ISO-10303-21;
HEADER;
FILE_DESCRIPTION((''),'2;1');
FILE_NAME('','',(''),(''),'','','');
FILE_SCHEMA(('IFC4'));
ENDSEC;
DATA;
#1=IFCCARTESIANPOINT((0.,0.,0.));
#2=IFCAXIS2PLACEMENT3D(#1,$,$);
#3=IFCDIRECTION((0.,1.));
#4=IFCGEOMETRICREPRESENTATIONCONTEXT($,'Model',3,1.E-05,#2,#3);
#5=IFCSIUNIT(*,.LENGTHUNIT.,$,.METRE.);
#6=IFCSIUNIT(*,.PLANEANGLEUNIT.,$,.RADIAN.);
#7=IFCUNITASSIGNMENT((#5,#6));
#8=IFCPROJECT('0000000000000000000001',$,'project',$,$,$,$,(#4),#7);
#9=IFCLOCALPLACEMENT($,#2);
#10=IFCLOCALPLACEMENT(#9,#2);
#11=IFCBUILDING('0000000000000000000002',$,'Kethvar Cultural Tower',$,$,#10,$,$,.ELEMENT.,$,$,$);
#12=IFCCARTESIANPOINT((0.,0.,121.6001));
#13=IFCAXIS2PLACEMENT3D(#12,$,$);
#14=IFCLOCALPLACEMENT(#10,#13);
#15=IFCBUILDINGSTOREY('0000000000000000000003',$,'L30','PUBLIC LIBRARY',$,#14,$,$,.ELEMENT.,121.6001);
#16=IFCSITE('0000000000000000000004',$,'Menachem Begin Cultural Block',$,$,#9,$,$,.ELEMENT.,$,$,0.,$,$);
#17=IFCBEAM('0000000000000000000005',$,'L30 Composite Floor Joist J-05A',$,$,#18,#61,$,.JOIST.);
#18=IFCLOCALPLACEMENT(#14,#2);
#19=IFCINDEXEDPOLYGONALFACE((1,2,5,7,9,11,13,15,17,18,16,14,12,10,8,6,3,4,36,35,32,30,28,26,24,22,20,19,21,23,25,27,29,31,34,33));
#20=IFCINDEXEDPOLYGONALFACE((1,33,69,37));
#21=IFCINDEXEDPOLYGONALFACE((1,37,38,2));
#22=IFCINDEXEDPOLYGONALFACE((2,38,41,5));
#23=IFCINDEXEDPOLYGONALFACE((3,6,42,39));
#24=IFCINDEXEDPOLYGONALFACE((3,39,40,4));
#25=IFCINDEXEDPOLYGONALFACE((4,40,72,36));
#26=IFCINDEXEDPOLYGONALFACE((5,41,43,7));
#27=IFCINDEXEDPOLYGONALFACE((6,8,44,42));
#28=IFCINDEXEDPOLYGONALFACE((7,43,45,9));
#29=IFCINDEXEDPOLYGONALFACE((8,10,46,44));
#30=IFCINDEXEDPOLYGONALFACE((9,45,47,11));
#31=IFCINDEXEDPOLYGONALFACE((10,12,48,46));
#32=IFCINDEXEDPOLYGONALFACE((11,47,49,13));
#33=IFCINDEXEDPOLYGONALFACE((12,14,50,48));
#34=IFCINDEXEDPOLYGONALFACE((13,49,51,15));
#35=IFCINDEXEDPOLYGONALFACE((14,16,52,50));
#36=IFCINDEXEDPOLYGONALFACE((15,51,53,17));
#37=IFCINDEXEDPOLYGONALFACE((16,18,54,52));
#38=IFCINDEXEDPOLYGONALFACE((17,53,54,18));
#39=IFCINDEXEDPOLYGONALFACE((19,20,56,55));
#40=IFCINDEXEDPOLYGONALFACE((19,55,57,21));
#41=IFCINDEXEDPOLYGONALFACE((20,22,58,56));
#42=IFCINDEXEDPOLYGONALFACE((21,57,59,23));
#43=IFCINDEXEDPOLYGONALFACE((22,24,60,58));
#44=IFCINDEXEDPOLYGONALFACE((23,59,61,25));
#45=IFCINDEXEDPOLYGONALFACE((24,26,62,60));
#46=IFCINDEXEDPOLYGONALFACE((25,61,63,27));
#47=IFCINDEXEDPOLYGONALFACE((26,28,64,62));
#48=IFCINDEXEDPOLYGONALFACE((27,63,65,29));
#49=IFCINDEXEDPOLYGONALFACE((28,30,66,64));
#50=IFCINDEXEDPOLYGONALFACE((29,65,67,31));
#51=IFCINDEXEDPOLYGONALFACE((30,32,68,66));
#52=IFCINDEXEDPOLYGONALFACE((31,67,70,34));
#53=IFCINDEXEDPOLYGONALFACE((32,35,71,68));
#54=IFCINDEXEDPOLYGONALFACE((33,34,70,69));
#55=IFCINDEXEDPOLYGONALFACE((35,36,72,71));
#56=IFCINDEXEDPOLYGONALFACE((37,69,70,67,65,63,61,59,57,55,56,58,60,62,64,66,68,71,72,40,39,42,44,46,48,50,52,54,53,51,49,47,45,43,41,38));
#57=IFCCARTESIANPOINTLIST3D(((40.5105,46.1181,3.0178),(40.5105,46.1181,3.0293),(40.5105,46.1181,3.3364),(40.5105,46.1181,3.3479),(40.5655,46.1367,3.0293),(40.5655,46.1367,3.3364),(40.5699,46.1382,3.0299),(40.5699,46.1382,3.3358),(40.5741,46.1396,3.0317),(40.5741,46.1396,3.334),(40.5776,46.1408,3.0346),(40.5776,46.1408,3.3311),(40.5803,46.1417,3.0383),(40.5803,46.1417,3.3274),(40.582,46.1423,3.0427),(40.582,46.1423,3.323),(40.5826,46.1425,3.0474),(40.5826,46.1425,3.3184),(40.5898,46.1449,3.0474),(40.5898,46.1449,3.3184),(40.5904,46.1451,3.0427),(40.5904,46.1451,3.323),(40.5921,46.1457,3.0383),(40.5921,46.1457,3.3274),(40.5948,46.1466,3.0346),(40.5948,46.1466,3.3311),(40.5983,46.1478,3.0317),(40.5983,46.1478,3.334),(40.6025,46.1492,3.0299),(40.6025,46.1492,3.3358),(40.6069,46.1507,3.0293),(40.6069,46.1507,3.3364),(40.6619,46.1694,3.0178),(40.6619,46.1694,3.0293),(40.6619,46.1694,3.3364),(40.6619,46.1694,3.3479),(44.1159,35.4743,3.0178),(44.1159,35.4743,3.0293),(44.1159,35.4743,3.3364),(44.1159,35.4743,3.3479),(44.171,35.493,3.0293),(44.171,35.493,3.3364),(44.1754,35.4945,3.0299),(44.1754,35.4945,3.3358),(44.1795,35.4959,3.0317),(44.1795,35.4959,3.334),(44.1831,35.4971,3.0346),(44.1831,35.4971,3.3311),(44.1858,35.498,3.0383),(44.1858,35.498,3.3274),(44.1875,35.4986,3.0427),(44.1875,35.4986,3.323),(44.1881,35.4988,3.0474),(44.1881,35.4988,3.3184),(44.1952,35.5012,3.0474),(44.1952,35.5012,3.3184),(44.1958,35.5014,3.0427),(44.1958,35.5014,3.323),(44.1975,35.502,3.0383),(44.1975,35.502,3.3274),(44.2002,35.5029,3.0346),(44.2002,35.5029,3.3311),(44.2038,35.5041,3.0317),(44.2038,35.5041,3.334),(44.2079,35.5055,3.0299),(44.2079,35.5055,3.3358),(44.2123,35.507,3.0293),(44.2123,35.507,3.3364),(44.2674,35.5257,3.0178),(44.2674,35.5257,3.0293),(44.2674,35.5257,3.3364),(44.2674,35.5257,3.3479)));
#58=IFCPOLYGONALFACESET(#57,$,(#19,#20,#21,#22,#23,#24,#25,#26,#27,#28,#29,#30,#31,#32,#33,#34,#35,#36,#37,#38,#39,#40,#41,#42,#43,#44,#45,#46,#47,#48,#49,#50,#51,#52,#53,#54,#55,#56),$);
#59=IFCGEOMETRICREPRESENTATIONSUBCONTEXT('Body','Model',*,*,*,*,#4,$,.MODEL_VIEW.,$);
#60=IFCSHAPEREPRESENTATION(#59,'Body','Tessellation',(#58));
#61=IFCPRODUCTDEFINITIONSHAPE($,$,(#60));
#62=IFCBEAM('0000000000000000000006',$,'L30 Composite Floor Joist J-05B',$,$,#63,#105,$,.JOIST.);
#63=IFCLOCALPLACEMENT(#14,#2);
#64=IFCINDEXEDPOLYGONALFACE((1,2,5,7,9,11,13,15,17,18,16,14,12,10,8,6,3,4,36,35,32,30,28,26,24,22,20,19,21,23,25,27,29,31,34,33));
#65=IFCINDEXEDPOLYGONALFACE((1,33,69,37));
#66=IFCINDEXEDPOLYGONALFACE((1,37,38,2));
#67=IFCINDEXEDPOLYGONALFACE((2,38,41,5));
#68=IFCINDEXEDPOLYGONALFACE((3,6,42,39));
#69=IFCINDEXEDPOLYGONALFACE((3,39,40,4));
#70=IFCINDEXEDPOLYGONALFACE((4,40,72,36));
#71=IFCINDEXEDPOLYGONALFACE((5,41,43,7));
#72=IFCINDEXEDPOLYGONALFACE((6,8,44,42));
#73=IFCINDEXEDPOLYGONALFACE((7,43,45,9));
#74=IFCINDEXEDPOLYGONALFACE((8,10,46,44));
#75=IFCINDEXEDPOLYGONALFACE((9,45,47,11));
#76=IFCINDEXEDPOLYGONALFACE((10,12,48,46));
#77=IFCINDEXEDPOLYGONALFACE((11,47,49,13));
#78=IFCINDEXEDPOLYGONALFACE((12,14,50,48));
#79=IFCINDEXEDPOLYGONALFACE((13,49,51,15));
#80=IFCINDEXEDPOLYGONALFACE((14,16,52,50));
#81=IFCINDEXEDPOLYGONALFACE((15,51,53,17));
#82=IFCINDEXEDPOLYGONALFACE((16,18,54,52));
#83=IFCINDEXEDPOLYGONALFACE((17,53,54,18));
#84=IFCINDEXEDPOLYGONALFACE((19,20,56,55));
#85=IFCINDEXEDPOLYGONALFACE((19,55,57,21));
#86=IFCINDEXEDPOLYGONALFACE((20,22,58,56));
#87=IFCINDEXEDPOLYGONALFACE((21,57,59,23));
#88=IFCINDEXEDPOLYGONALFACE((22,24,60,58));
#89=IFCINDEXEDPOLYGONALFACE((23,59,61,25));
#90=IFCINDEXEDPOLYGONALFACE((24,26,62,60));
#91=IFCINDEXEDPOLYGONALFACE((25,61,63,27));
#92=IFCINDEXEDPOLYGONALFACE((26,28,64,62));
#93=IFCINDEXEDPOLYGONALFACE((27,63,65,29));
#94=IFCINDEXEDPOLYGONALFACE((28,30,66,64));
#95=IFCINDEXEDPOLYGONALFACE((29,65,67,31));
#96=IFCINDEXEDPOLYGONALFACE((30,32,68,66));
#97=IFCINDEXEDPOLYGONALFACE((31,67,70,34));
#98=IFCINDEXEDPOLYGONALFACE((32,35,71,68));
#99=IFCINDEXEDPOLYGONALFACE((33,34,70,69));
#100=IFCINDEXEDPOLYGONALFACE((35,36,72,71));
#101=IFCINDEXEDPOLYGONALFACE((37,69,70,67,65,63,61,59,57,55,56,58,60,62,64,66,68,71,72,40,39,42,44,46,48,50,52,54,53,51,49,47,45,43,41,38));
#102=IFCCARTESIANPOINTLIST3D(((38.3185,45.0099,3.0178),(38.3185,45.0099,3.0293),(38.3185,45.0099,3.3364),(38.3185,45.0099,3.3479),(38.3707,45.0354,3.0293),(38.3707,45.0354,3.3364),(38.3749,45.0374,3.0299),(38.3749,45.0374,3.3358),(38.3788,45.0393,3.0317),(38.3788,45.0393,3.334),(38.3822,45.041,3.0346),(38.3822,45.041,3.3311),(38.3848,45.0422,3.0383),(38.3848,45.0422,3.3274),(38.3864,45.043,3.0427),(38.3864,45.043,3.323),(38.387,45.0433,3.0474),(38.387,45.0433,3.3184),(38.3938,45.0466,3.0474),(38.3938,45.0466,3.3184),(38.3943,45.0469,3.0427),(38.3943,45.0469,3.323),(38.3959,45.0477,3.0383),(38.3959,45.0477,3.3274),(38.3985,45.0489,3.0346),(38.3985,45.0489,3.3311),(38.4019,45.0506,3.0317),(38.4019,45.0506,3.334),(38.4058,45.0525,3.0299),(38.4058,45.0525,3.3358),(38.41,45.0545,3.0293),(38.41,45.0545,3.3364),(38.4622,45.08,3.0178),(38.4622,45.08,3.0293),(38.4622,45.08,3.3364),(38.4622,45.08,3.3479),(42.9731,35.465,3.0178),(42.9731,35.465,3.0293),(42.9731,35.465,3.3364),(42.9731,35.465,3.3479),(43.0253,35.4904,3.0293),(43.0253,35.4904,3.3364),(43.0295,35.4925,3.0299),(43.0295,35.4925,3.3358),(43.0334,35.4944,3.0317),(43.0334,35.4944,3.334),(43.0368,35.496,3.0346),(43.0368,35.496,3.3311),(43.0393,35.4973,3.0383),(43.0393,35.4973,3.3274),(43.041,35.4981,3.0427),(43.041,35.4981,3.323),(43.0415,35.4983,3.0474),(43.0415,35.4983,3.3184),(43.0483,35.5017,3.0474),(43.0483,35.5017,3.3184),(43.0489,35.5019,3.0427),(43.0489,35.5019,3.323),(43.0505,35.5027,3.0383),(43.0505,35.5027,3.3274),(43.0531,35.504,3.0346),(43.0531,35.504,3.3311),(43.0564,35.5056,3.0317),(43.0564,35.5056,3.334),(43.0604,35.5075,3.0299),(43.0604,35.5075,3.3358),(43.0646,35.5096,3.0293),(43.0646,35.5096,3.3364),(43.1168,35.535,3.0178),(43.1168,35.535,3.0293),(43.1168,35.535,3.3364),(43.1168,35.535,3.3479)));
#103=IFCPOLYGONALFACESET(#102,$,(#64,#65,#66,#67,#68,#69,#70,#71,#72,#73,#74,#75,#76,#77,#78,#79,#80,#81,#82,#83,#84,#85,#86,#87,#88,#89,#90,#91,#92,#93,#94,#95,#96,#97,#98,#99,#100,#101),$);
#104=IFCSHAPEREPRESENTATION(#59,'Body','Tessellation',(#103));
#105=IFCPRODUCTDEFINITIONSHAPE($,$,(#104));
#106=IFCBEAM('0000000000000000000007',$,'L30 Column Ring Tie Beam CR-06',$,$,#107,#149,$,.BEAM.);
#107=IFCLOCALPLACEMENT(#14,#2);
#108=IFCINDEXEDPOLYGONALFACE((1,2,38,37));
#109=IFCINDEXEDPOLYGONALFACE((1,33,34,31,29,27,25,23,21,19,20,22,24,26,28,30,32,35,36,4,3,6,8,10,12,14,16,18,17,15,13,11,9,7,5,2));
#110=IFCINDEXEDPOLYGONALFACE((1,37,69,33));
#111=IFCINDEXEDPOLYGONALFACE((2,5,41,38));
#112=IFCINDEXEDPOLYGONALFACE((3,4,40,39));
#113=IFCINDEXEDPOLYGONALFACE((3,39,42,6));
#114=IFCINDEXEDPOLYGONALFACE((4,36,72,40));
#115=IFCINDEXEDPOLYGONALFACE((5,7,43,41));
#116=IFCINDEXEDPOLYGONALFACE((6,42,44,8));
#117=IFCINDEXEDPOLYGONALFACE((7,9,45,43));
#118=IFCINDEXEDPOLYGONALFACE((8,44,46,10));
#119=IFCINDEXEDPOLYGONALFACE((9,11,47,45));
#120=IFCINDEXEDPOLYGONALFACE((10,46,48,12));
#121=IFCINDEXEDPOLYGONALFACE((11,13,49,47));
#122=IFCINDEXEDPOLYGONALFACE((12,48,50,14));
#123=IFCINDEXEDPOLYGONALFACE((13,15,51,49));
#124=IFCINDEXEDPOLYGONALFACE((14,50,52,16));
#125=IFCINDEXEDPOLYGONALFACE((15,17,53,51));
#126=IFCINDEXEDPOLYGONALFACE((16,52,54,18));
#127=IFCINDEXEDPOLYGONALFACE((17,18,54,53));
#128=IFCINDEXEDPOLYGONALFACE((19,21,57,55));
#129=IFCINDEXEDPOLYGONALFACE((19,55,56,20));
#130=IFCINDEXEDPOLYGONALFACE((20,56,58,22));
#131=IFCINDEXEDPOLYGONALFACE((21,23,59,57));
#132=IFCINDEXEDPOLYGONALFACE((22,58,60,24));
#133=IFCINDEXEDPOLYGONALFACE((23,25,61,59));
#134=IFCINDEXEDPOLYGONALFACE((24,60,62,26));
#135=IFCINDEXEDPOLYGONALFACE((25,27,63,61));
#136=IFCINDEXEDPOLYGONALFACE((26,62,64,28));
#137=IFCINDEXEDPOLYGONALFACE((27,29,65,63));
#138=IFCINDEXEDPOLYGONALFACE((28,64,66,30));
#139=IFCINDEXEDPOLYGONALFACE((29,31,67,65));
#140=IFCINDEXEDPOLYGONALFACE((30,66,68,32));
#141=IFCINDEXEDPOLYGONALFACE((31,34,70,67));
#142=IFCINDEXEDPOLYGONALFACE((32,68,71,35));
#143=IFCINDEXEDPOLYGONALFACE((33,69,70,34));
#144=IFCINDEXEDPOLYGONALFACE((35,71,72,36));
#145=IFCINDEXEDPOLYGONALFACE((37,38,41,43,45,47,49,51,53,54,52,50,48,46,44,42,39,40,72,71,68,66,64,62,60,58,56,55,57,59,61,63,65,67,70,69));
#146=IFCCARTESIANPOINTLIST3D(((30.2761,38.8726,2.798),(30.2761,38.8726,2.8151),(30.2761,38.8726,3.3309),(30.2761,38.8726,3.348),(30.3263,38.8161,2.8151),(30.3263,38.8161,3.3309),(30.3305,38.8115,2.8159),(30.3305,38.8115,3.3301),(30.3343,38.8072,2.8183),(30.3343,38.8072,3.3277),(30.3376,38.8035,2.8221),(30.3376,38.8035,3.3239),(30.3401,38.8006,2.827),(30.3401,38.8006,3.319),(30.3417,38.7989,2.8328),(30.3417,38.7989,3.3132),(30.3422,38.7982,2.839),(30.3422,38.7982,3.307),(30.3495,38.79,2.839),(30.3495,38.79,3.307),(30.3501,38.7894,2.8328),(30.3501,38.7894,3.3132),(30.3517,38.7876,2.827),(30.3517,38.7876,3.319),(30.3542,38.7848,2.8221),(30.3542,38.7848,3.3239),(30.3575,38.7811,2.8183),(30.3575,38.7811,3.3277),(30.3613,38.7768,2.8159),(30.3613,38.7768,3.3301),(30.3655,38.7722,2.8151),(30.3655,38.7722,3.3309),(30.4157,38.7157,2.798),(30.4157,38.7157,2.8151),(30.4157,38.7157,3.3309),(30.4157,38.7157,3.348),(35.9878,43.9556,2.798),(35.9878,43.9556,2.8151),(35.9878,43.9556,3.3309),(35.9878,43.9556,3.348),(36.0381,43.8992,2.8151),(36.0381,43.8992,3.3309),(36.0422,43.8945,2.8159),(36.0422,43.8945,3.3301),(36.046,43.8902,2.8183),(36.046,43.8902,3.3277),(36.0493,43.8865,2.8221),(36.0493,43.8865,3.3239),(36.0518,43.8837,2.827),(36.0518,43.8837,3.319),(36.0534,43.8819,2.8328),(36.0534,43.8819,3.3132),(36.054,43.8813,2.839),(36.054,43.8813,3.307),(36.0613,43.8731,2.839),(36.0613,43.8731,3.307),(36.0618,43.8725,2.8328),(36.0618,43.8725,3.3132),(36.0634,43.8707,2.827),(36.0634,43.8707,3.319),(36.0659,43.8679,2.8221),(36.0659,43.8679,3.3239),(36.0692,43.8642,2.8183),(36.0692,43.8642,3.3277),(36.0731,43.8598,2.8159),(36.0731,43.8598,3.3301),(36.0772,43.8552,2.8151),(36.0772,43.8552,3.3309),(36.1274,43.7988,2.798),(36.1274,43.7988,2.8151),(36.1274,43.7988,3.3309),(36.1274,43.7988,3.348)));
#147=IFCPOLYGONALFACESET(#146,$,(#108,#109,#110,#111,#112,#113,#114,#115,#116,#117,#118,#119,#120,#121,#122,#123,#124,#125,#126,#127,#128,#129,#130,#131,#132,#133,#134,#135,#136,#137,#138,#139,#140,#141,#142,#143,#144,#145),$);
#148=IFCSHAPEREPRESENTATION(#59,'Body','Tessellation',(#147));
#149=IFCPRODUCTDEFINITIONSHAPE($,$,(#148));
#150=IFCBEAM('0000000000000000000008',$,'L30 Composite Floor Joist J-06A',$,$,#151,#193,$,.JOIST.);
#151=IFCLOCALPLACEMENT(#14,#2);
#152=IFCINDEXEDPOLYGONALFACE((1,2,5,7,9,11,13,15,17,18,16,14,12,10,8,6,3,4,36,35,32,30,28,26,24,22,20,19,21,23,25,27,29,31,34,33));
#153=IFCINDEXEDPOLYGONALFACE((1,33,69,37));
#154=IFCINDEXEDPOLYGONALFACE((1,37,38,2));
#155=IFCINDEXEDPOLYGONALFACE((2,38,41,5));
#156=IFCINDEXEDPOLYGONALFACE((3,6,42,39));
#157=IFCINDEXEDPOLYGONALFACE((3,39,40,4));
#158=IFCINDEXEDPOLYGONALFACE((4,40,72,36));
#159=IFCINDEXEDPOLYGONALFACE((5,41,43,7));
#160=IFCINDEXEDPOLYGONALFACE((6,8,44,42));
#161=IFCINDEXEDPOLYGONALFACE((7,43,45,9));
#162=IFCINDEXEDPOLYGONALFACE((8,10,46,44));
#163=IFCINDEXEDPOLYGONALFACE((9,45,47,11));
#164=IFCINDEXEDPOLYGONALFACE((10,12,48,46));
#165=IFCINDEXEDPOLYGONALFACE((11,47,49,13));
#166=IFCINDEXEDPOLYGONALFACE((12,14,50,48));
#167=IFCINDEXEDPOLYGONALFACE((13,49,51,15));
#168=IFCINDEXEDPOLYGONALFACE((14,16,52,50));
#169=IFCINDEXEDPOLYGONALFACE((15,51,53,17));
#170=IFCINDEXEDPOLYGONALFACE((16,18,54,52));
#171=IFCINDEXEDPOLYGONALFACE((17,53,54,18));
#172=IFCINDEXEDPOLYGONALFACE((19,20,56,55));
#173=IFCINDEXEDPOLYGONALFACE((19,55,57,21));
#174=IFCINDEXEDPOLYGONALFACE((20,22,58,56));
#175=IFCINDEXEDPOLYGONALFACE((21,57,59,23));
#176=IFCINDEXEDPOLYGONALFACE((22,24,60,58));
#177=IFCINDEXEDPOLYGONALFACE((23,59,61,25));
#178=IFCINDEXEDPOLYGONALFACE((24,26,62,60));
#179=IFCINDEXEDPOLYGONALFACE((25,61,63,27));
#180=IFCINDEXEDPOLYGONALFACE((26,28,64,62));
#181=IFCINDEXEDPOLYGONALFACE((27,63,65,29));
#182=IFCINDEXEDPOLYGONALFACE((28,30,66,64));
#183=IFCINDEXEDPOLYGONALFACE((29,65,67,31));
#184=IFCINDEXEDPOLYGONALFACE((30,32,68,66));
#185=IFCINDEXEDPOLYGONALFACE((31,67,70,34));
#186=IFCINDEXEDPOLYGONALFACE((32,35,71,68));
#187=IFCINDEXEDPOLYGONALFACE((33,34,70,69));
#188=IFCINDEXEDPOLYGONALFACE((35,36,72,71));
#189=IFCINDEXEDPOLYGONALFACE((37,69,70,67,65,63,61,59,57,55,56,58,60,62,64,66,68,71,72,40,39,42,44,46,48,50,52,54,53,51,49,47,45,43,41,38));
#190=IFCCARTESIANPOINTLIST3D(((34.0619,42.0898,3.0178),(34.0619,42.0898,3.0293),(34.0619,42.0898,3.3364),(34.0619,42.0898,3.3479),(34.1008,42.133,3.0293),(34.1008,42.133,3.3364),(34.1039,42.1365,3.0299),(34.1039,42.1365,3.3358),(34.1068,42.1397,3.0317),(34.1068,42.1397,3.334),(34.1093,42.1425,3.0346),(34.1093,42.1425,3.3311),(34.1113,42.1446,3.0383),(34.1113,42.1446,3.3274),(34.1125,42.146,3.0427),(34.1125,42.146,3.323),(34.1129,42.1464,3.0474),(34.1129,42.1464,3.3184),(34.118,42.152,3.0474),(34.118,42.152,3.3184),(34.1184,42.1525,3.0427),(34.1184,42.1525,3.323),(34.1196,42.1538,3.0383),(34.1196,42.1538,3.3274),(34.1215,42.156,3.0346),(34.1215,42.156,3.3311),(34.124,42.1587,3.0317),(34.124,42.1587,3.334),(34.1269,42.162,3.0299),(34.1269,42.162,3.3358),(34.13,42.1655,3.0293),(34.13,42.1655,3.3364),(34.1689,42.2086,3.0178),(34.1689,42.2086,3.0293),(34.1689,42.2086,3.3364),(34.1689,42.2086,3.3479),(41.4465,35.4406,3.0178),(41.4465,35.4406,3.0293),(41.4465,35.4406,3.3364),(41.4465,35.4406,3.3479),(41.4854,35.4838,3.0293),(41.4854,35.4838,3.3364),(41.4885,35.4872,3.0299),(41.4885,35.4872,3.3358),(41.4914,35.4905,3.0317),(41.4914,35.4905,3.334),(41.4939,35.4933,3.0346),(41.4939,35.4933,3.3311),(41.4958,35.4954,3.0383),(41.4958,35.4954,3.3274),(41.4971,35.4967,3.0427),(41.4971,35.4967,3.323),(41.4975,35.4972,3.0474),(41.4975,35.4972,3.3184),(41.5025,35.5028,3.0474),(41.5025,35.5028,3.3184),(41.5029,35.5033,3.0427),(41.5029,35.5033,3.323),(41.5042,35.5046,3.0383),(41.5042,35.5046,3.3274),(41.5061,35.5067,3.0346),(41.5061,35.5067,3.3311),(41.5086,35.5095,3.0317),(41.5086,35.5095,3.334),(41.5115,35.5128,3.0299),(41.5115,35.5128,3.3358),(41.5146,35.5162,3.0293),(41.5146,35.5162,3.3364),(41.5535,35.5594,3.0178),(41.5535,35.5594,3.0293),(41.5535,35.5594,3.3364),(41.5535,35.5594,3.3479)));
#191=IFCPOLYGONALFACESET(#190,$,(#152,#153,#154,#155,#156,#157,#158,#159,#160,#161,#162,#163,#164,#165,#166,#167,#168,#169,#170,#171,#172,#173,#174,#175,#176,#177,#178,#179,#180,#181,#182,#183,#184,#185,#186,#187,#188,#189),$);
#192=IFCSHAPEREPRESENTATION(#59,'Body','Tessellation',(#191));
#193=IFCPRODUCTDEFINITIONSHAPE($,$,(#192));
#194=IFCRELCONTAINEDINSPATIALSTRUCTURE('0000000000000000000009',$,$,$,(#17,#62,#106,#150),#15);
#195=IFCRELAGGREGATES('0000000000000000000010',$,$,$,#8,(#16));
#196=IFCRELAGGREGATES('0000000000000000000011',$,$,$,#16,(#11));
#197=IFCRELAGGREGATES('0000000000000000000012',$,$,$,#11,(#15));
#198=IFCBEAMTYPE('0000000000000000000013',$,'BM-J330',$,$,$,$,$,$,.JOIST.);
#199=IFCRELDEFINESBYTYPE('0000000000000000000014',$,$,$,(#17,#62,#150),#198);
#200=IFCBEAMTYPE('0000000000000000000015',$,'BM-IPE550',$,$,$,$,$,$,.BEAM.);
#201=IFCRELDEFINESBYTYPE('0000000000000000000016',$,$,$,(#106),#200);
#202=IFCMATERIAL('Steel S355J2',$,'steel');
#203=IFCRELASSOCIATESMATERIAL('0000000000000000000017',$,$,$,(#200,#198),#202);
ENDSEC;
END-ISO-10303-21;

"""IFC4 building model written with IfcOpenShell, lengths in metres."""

from ifc_helpers import new_model, si_unit, direction, frame, origin, origin_2d, place, context, subcontext, project, spatial, i_section, extrude, source, transform, mapped, material, material_profile, profile_set, type_object, element, save


model = new_model("IFC4")

# Units and contexts
model_context = context("Model", 3, precision=1e-05, world=origin(), true_north=direction((0.0, 1.0)))
body_context = subcontext(model_context, "Body", "Model", "MODEL_VIEW")
ifc_project = project(units=[si_unit("LENGTHUNIT", "METRE"), si_unit("PLANEANGLEUNIT", "RADIAN")], contexts=[model_context])

# Site, building, storey
site_placement = place(None, origin())
site = spatial("IfcSite", under=ifc_project, at=site_placement, Name="Menachem Begin Cultural Block", CompositionType="ELEMENT", RefElevation=0.0)
building_placement = place(site_placement, origin())
building = spatial("IfcBuilding", under=site, at=building_placement, Name="Kethvar Cultural Tower", CompositionType="ELEMENT")
storey_placement = place(building_placement, frame((0.0, 0.0, 121.6001)))
storey = spatial("IfcBuildingStorey", under=building, at=storey_placement, Name="L30", Description="PUBLIC LIBRARY", CompositionType="ELEMENT", Elevation=121.6001)

# Beams
ifc_material_1 = material(Name="Steel S355J2", Category="steel")
ifc_material_profile_1 = material_profile(ifc_material_1, i_section(OverallWidth=0.21, OverallDepth=0.55, WebThickness=0.011, FlangeThickness=0.0171, FilletRadius=0.0239, at=origin_2d()), Name="Steel S355J2 — IPE550")
ifc_profile_set_1 = profile_set([ifc_material_profile_1], Name="Steel S355J2 — IPE550")
beam_type_1 = type_object("IfcBeamType", Name="BM-IPE550", PredefinedType="BEAM", material=ifc_profile_set_1)
ifc_material_profile_2 = material_profile(ifc_material_1, i_section(OverallWidth=0.1599, OverallDepth=0.3301, WebThickness=0.0076, FlangeThickness=0.0115, FilletRadius=0.0181, at=origin_2d()), Name="Steel S355J2 — IPE330")
ifc_profile_set_2 = profile_set([ifc_material_profile_2], Name="Steel S355J2 — IPE330")
beam_type_2 = type_object("IfcBeamType", Name="BM-J330", PredefinedType="JOIST", material=ifc_profile_set_2)
shared_shape_1 = source(origin(), body_context, "Body", "SweptSolid", [
    extrude(i_section(OverallWidth=0.1599, OverallDepth=0.3301, WebThickness=0.0076, FlangeThickness=0.0115, FilletRadius=0.0181, at=origin_2d()), origin(), (0.0, 0.0, 1.0), 11.2378),
])
beam_1_placement = place(storey_placement, frame((44.1917, 35.5, 3.1829), z_axis=(-0.320832, 0.947136, 0.0), x_axis=(-0.947136, -0.320832, 0.0)))
element("IfcBeam", 1, at=beam_1_placement, inside=storey, type_object=beam_type_2, Name="L30 Composite Floor Joist J-05A", PredefinedType="JOIST", context=body_context, shape_type="MappedRepresentation", body=[
    mapped(shared_shape_1, transform((0.0, 0.0, 0.0), scale=1.0)),
])
shared_shape_2 = source(origin(), body_context, "Body", "SweptSolid", [
    extrude(i_section(OverallWidth=0.1599, OverallDepth=0.3301, WebThickness=0.0076, FlangeThickness=0.0115, FilletRadius=0.0181, at=origin_2d()), origin(), (0.0, 0.0, 1.0), 10.6194),
])
beam_2_placement = place(storey_placement, frame((43.0449, 35.5, 3.1829), z_axis=(-0.438308, 0.898825, 0.0), x_axis=(-0.898825, -0.438308, 0.0)))
element("IfcBeam", 2, at=beam_2_placement, inside=storey, type_object=beam_type_2, Name="L30 Composite Floor Joist J-05B", PredefinedType="JOIST", context=body_context, shape_type="MappedRepresentation", body=[
    mapped(shared_shape_2, transform((0.0, 0.0, 0.0), scale=1.0)),
])
shared_shape_3 = source(origin(), body_context, "Body", "SweptSolid", [
    extrude(i_section(OverallWidth=0.21, OverallDepth=0.55, WebThickness=0.011, FlangeThickness=0.0171, FilletRadius=0.0239, at=origin_2d()), origin(), (0.0, 0.0, 1.0), 7.646),
])
beam_3_placement = place(storey_placement, frame((36.0576, 43.8772, 3.073), z_axis=(-0.747022, -0.6648, 0.0), x_axis=(0.6648, -0.747022, 0.0)))
element("IfcBeam", 3, at=beam_3_placement, inside=storey, type_object=beam_type_1, Name="L30 Column Ring Tie Beam CR-06", PredefinedType="BEAM", context=body_context, shape_type="MappedRepresentation", body=[
    mapped(shared_shape_3, transform((0.0, 0.0, 0.0), scale=1.0)),
])
shared_shape_4 = source(origin(), body_context, "Body", "SweptSolid", [
    extrude(i_section(OverallWidth=0.1599, OverallDepth=0.3301, WebThickness=0.0076, FlangeThickness=0.0115, FilletRadius=0.0181, at=origin_2d()), origin(), (0.0, 0.0, 1.0), 9.937),
])
beam_4_placement = place(storey_placement, frame((41.5, 35.5, 3.1829), z_axis=(-0.743139, 0.669137, 0.0), x_axis=(-0.669137, -0.743139, 0.0)))
element("IfcBeam", 4, at=beam_4_placement, inside=storey, type_object=beam_type_2, Name="L30 Composite Floor Joist J-06A", PredefinedType="JOIST", context=body_context, shape_type="MappedRepresentation", body=[
    mapped(shared_shape_4, transform((0.0, 0.0, 0.0), scale=1.0)),
])

save(model, "model.ifc")
